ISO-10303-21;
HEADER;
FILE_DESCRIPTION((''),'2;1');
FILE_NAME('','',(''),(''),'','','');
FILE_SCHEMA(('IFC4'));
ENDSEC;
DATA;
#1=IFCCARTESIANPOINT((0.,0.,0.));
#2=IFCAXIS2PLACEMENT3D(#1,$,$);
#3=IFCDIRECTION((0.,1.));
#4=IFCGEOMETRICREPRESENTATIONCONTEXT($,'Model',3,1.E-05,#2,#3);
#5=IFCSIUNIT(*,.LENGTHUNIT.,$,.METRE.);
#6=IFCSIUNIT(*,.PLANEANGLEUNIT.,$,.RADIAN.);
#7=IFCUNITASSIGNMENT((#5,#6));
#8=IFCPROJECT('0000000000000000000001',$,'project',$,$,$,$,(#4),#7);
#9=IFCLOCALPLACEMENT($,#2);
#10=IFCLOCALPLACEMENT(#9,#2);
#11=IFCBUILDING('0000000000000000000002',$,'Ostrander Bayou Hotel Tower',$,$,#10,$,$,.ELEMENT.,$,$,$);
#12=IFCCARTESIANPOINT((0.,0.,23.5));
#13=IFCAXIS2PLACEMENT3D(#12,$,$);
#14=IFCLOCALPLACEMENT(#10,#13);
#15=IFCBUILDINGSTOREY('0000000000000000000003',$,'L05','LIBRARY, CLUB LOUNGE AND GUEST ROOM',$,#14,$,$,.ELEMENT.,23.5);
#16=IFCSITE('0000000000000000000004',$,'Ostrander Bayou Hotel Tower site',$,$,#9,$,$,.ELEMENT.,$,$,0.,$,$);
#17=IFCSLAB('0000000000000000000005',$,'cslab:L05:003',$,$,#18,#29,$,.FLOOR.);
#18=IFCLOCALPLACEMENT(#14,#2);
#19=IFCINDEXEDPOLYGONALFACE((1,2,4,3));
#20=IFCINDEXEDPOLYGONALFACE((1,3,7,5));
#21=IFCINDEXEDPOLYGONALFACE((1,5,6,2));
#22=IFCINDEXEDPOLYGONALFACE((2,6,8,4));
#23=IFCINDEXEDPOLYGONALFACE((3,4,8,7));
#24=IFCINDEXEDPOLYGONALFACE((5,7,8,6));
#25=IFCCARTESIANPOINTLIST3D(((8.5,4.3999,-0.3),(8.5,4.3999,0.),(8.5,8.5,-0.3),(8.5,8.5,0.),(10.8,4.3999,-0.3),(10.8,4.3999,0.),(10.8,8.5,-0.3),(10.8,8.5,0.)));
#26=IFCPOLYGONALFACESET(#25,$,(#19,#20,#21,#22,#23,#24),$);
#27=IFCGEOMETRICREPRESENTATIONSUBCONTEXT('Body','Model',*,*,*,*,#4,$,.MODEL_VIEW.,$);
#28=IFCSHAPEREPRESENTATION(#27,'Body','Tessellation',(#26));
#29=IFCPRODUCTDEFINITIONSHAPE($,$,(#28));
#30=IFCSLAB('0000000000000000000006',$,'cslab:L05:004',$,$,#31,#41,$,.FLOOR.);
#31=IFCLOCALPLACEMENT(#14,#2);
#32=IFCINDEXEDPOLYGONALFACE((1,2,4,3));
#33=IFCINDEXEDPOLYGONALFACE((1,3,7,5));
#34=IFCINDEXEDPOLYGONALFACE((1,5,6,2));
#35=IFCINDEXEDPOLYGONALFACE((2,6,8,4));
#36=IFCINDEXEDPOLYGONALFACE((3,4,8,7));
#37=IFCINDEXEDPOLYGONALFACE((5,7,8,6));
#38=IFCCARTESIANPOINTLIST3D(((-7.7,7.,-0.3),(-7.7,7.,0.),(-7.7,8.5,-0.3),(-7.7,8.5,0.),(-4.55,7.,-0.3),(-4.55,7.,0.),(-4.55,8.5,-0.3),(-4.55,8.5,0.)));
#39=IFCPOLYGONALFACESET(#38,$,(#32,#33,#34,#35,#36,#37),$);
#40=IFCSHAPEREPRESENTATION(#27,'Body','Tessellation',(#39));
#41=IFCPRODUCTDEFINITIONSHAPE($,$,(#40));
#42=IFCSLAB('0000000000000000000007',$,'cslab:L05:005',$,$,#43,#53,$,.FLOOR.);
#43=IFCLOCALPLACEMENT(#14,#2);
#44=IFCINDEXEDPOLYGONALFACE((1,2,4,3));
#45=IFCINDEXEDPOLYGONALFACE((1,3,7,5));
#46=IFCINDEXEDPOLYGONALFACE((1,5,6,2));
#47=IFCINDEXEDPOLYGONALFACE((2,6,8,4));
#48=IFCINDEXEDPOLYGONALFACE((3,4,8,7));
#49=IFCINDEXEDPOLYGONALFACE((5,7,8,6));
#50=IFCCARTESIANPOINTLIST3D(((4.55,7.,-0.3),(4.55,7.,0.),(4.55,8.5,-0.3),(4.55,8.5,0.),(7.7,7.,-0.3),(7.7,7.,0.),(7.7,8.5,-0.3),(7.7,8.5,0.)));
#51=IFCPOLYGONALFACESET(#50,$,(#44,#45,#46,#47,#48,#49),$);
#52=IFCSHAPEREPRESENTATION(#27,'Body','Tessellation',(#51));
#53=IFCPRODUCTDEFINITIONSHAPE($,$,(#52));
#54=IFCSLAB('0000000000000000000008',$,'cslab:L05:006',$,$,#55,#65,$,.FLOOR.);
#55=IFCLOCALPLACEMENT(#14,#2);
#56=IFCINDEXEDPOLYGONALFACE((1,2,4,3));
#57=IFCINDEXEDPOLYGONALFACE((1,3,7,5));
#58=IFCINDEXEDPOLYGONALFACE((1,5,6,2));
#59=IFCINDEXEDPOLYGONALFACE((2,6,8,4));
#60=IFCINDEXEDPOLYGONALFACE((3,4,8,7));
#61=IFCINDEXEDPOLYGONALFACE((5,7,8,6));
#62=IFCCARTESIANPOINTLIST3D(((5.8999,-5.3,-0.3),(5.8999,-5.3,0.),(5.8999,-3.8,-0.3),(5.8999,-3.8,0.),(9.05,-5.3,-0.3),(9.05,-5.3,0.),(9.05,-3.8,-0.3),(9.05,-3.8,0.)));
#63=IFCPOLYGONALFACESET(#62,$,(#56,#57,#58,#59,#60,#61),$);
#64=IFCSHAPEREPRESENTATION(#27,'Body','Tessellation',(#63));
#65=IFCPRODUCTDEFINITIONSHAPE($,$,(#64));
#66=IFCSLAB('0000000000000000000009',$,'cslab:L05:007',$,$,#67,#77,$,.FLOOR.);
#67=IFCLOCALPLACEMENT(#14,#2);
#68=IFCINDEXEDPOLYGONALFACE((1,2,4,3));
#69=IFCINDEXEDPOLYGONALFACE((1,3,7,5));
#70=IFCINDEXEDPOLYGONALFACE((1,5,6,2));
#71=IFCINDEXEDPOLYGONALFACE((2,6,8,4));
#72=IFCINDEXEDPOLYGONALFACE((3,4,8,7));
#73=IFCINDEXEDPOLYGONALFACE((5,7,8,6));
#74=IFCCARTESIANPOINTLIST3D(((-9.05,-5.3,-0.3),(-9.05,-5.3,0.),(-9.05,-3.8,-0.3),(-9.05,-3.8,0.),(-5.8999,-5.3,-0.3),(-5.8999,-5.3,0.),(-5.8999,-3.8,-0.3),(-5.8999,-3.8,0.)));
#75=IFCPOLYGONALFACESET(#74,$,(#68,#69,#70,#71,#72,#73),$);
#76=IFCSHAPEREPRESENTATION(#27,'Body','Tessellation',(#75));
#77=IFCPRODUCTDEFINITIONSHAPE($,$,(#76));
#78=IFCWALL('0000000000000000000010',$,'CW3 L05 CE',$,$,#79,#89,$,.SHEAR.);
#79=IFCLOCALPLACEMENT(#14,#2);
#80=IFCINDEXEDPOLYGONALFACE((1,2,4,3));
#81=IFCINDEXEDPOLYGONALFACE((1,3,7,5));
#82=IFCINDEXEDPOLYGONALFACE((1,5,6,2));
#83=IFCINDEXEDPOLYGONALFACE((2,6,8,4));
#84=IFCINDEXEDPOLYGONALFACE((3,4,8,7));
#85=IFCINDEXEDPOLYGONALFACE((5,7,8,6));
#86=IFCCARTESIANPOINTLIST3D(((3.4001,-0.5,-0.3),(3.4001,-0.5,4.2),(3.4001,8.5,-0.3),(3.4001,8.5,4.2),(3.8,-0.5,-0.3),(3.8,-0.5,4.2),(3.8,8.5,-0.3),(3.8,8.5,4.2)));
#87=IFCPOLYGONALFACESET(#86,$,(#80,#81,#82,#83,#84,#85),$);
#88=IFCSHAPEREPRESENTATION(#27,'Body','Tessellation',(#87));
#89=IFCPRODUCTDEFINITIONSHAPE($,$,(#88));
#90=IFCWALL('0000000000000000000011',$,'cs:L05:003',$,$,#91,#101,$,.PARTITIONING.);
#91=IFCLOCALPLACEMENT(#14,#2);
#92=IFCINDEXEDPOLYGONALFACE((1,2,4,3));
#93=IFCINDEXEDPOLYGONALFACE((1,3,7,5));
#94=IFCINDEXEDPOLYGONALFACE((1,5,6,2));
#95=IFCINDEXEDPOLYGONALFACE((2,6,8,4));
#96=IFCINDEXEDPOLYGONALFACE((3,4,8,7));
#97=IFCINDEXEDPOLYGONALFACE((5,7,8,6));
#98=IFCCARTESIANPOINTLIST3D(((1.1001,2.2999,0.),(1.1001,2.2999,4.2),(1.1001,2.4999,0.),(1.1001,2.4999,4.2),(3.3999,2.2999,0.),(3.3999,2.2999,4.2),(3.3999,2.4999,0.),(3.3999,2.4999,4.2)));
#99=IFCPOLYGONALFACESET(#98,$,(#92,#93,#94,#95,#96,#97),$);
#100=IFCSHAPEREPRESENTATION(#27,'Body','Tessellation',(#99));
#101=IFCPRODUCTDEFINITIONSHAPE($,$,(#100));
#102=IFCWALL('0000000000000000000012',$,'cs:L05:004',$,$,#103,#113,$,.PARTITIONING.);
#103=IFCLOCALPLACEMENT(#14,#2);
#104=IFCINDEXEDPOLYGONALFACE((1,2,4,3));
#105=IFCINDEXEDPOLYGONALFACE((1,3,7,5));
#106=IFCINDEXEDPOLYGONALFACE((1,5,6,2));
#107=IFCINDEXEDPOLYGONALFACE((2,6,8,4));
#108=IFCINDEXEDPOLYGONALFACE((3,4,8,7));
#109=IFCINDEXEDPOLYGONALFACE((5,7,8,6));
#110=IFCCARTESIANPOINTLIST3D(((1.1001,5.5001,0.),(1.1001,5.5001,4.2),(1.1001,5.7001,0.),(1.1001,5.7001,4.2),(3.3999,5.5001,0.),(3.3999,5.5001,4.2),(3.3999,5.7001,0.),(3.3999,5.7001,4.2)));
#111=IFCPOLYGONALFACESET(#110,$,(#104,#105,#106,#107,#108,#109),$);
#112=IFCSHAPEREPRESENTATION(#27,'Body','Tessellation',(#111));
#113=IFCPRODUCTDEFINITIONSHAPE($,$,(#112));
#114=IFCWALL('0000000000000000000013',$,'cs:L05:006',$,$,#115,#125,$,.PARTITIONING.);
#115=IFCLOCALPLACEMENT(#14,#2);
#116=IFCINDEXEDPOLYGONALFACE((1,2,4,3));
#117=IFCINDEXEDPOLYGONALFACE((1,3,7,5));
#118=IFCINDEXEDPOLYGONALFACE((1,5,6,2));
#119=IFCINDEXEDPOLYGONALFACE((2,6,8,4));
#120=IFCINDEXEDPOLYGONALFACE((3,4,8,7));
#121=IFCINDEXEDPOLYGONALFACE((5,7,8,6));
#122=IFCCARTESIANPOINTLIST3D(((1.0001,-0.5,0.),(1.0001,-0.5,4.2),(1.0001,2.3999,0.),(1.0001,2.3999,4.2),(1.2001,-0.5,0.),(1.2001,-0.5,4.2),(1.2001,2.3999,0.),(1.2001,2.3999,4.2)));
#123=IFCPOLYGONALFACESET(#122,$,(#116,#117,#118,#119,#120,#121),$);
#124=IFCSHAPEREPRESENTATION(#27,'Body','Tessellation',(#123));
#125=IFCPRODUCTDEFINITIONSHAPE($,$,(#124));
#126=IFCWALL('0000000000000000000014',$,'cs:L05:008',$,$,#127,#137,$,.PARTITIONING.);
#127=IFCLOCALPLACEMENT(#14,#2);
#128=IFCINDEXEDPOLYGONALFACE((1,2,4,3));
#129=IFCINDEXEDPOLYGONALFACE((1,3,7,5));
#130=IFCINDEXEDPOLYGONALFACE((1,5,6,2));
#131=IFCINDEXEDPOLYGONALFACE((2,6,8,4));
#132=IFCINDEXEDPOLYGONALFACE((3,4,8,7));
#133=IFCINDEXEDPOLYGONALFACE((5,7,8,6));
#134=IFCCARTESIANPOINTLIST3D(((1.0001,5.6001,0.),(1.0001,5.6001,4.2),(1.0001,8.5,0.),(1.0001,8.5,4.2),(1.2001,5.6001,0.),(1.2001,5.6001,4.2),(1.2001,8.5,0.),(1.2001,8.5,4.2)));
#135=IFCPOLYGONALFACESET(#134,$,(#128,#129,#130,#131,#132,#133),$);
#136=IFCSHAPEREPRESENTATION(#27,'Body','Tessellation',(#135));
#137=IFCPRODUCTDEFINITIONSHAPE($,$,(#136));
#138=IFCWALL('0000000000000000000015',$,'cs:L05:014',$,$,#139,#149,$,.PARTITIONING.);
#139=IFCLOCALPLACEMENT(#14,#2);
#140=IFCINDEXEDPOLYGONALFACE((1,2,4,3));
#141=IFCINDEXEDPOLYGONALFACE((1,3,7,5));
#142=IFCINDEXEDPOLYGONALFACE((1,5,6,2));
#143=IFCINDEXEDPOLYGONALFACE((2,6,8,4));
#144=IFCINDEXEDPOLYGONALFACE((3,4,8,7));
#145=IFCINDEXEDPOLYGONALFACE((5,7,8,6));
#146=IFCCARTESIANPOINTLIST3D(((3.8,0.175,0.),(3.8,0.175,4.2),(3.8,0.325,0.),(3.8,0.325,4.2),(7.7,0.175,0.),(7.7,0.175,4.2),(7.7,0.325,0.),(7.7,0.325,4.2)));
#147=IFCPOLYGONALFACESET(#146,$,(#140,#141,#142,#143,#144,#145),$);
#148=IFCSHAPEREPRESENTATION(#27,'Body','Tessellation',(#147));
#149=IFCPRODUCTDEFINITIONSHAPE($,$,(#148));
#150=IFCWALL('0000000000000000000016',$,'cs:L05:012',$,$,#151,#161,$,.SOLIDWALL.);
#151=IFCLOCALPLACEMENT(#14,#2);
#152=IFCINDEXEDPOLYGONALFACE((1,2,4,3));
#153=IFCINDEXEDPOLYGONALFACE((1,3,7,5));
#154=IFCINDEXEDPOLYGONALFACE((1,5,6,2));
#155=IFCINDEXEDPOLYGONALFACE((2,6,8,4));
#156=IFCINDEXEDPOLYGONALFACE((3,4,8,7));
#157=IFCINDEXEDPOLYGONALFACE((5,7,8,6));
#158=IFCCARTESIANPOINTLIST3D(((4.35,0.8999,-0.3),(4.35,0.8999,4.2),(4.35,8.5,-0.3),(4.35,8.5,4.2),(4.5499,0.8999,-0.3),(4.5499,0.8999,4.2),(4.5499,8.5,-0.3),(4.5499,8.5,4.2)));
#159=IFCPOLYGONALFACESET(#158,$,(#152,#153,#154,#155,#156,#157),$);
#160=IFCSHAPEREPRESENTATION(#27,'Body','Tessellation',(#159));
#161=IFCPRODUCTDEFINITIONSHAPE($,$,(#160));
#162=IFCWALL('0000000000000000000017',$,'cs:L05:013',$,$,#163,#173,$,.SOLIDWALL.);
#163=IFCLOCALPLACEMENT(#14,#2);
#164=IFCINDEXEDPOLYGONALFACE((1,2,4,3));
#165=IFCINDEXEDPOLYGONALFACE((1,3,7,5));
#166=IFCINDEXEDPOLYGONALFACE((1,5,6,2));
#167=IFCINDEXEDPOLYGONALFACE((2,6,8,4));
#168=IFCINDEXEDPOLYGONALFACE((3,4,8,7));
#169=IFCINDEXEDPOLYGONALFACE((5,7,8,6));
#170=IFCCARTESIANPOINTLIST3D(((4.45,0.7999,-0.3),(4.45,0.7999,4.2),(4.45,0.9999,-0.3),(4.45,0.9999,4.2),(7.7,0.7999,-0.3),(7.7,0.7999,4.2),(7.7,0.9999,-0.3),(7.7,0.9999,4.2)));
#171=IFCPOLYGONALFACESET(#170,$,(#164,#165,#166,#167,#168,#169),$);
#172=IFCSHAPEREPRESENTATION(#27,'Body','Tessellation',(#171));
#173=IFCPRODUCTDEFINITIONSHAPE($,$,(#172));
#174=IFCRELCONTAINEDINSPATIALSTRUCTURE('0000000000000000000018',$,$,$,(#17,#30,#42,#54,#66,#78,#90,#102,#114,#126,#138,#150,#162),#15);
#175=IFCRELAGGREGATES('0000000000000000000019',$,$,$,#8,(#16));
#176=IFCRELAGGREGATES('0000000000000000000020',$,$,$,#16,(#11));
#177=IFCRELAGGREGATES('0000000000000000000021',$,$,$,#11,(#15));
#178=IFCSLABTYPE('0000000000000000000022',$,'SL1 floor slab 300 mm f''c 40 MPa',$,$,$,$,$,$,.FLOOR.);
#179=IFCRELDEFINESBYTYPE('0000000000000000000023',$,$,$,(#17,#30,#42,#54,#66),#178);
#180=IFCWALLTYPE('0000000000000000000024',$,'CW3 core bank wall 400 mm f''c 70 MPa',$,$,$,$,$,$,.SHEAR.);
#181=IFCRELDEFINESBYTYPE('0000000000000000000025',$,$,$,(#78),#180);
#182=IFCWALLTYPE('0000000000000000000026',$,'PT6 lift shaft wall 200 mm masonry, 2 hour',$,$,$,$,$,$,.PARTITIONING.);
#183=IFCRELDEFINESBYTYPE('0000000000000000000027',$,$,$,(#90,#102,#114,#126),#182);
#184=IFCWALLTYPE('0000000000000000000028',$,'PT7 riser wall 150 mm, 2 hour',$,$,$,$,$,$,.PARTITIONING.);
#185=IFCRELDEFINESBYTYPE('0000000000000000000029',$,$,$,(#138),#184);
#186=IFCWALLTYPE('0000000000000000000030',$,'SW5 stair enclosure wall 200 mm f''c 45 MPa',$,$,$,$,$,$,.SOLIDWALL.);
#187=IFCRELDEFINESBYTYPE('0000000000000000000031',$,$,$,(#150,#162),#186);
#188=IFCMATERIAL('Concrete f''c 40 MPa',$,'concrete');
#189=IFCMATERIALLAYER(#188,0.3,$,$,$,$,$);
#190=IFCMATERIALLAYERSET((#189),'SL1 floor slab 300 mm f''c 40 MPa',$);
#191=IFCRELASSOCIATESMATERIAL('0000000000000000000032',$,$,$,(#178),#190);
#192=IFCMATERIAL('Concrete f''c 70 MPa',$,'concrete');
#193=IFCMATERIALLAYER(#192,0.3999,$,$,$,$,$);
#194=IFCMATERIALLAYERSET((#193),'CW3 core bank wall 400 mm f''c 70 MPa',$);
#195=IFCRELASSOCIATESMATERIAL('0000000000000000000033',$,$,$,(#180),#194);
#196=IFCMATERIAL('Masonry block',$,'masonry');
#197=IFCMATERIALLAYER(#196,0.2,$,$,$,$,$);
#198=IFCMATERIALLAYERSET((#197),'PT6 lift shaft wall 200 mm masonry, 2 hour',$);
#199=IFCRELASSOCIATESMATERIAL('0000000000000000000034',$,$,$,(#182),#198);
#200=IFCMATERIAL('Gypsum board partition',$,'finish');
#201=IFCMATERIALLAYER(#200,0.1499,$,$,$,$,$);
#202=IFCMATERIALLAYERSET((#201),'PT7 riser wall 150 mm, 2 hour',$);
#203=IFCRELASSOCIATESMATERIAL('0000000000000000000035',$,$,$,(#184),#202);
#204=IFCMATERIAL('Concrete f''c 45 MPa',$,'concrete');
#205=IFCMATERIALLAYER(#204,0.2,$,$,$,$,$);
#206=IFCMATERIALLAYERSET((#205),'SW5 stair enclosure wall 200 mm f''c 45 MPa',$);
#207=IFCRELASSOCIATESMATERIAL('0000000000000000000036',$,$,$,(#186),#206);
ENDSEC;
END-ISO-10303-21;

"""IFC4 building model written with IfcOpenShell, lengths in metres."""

from ifc_helpers import new_model, si_unit, direction, frame, frame_2d, origin, place, context, subcontext, project, spatial, polyline, rectangle, outline, extrude, material, layer, layer_set, type_object, element, save


model = new_model("IFC4")

# Units and contexts
model_context = context("Model", 3, precision=1e-05, world=origin(), true_north=direction((0.0, 1.0)))
body_context = subcontext(model_context, "Body", "Model", "MODEL_VIEW")
ifc_project = project(units=[si_unit("LENGTHUNIT", "METRE"), si_unit("PLANEANGLEUNIT", "RADIAN")], contexts=[model_context])

# Site, building, storey
site_placement = place(None, origin())
site = spatial("IfcSite", under=ifc_project, at=site_placement, Name="Ostrander Bayou Hotel Tower site", CompositionType="ELEMENT", RefElevation=0.0)
building_placement = place(site_placement, origin())
building = spatial("IfcBuilding", under=site, at=building_placement, Name="Ostrander Bayou Hotel Tower", CompositionType="ELEMENT")
storey_placement = place(building_placement, frame((0.0, 0.0, 23.5)))
storey = spatial("IfcBuildingStorey", under=building, at=storey_placement, Name="L05", Description="LIBRARY, CLUB LOUNGE AND GUEST ROOM", CompositionType="ELEMENT", Elevation=23.5)

# Slabs
ifc_material_1 = material(Name="Concrete f'c 40 MPa", Category="concrete")
ifc_layer_1 = layer(ifc_material_1, 0.3)
ifc_layer_set_1 = layer_set([ifc_layer_1], Name="SL1 floor slab 300 mm f'c 40 MPa")
slab_type = type_object("IfcSlabType", Name="SL1 floor slab 300 mm f'c 40 MPa", PredefinedType="FLOOR", material=ifc_layer_set_1)
slab_1_placement = place(storey_placement, frame((0.0, 0.0, -0.3)))
element("IfcSlab", 1, at=slab_1_placement, inside=storey, type_object=slab_type, Name="cslab:L05:003", PredefinedType="FLOOR", context=body_context, shape_type="SweptSolid", body=[
    extrude(outline(polyline([(10.8, 4.3999), (10.8, 8.5), (8.5, 8.5), (8.5, 4.3999), (10.8, 4.3999)])), origin(), (0.0, 0.0, 1.0), 0.3),
])
slab_2_placement = place(storey_placement, frame((0.0, 0.0, -0.3)))
element("IfcSlab", 2, at=slab_2_placement, inside=storey, type_object=slab_type, Name="cslab:L05:004", PredefinedType="FLOOR", context=body_context, shape_type="SweptSolid", body=[
    extrude(outline(polyline([(-4.55, 7.0), (-4.55, 8.5), (-7.7, 8.5), (-7.7, 7.0), (-4.55, 7.0)])), origin(), (0.0, 0.0, 1.0), 0.3),
])
slab_3_placement = place(storey_placement, frame((0.0, 0.0, -0.3)))
element("IfcSlab", 3, at=slab_3_placement, inside=storey, type_object=slab_type, Name="cslab:L05:005", PredefinedType="FLOOR", context=body_context, shape_type="SweptSolid", body=[
    extrude(outline(polyline([(7.7, 7.0), (7.7, 8.5), (4.55, 8.5), (4.55, 7.0), (7.7, 7.0)])), origin(), (0.0, 0.0, 1.0), 0.3),
])
slab_4_placement = place(storey_placement, frame((0.0, 0.0, -0.3)))
element("IfcSlab", 4, at=slab_4_placement, inside=storey, type_object=slab_type, Name="cslab:L05:006", PredefinedType="FLOOR", context=body_context, shape_type="SweptSolid", body=[
    extrude(outline(polyline([(9.05, -5.3), (9.05, -3.8), (5.8999, -3.8), (5.8999, -5.3), (9.05, -5.3)])), origin(), (0.0, 0.0, 1.0), 0.3),
])
slab_5_placement = place(storey_placement, frame((0.0, 0.0, -0.3)))
element("IfcSlab", 5, at=slab_5_placement, inside=storey, type_object=slab_type, Name="cslab:L05:007", PredefinedType="FLOOR", context=body_context, shape_type="SweptSolid", body=[
    extrude(outline(polyline([(-5.8999, -5.3), (-5.8999, -3.8), (-9.05, -3.8), (-9.05, -5.3), (-5.8999, -5.3)])), origin(), (0.0, 0.0, 1.0), 0.3),
])

# Walls
ifc_material_2 = material(Name="Concrete f'c 70 MPa", Category="concrete")
ifc_layer_2 = layer(ifc_material_2, 0.3999)
ifc_layer_set_2 = layer_set([ifc_layer_2], Name="CW3 core bank wall 400 mm f'c 70 MPa")
wall_type_1 = type_object("IfcWallType", Name="CW3 core bank wall 400 mm f'c 70 MPa", PredefinedType="SHEAR", material=ifc_layer_set_2)
wall_1_placement = place(storey_placement, frame((3.6001, -0.5, -0.3), z_axis=(0.0, 0.0, 1.0), x_axis=(0.0, 1.0, 0.0)))
element("IfcWall", 6, at=wall_1_placement, inside=storey, type_object=wall_type_1, Name="CW3 L05 CE", PredefinedType="SHEAR", context=body_context, shape_type="SweptSolid", body=[
    extrude(rectangle(XDim=9.0, YDim=0.3999, at=frame_2d((4.5, 0.0))), origin(), (0.0, 0.0, 1.0), 4.5),
])
ifc_material_3 = material(Name="Masonry block", Category="masonry")
ifc_layer_3 = layer(ifc_material_3, 0.2)
ifc_layer_set_3 = layer_set([ifc_layer_3], Name="PT6 lift shaft wall 200 mm masonry, 2 hour")
wall_type_2 = type_object("IfcWallType", Name="PT6 lift shaft wall 200 mm masonry, 2 hour", PredefinedType="PARTITIONING", material=ifc_layer_set_3)
for number, where, z_axis, x_axis, name in (
    (7, (1.1001, 2.3999, 0.0), (0.0, 0.0, 1.0), (1.0, 0.0, 0.0), "cs:L05:003"),
    (8, (1.1001, 5.6001, 0.0), (0.0, 0.0, 1.0), (1.0, 0.0, 0.0), "cs:L05:004"),
):
    element("IfcWall", number, at=place(storey_placement, frame(where, z_axis=z_axis, x_axis=x_axis)), inside=storey, type_object=wall_type_2, Name=name, PredefinedType="PARTITIONING", context=body_context, shape_type="SweptSolid", body=[
        extrude(rectangle(XDim=2.2998, YDim=0.2, at=frame_2d((1.1499, 0.0))), origin(), (0.0, 0.0, 1.0), 4.2),
    ])
for number, where, z_axis, x_axis, name in (
    (9, (1.1001, -0.5, 0.0), (0.0, 0.0, 1.0), (0.0, 1.0, 0.0), "cs:L05:006"),
    (10, (1.1001, 5.6001, 0.0), (0.0, 0.0, 1.0), (0.0, 1.0, 0.0), "cs:L05:008"),
):
    element("IfcWall", number, at=place(storey_placement, frame(where, z_axis=z_axis, x_axis=x_axis)), inside=storey, type_object=wall_type_2, Name=name, PredefinedType="PARTITIONING", context=body_context, shape_type="SweptSolid", body=[
        extrude(rectangle(XDim=2.8999, YDim=0.2, at=frame_2d((1.45, 0.0))), origin(), (0.0, 0.0, 1.0), 4.2),
    ])
ifc_material_4 = material(Name="Gypsum board partition", Category="finish")
ifc_layer_4 = layer(ifc_material_4, 0.1499)
ifc_layer_set_4 = layer_set([ifc_layer_4], Name="PT7 riser wall 150 mm, 2 hour")
wall_type_3 = type_object("IfcWallType", Name="PT7 riser wall 150 mm, 2 hour", PredefinedType="PARTITIONING", material=ifc_layer_set_4)
wall_2_placement = place(storey_placement, frame((3.8, 0.25, 0.0), z_axis=(0.0, 0.0, 1.0), x_axis=(1.0, 0.0, 0.0)))
element("IfcWall", 11, at=wall_2_placement, inside=storey, type_object=wall_type_3, Name="cs:L05:014", PredefinedType="PARTITIONING", context=body_context, shape_type="SweptSolid", body=[
    extrude(rectangle(XDim=3.8999, YDim=0.1499, at=frame_2d((1.95, 0.0))), origin(), (0.0, 0.0, 1.0), 4.2),
])
ifc_material_5 = material(Name="Concrete f'c 45 MPa", Category="concrete")
ifc_layer_5 = layer(ifc_material_5, 0.2)
ifc_layer_set_5 = layer_set([ifc_layer_5], Name="SW5 stair enclosure wall 200 mm f'c 45 MPa")
wall_type_4 = type_object("IfcWallType", Name="SW5 stair enclosure wall 200 mm f'c 45 MPa", PredefinedType="SOLIDWALL", material=ifc_layer_set_5)
wall_3_placement = place(storey_placement, frame((4.45, 0.8999, -0.3), z_axis=(0.0, 0.0, 1.0), x_axis=(0.0, 1.0, 0.0)))
element("IfcWall", 12, at=wall_3_placement, inside=storey, type_object=wall_type_4, Name="cs:L05:012", PredefinedType="SOLIDWALL", context=body_context, shape_type="SweptSolid", body=[
    extrude(rectangle(XDim=7.6001, YDim=0.2, at=frame_2d((3.8, 0.0))), origin(), (0.0, 0.0, 1.0), 4.5),
])
wall_4_placement = place(storey_placement, frame((4.45, 0.8999, -0.3), z_axis=(0.0, 0.0, 1.0), x_axis=(1.0, 0.0, 0.0)))
element("IfcWall", 13, at=wall_4_placement, inside=storey, type_object=wall_type_4, Name="cs:L05:013", PredefinedType="SOLIDWALL", context=body_context, shape_type="SweptSolid", body=[
    extrude(rectangle(XDim=3.25, YDim=0.2, at=frame_2d((1.625, 0.0))), origin(), (0.0, 0.0, 1.0), 4.5),
])

save(model, "model.ifc")
